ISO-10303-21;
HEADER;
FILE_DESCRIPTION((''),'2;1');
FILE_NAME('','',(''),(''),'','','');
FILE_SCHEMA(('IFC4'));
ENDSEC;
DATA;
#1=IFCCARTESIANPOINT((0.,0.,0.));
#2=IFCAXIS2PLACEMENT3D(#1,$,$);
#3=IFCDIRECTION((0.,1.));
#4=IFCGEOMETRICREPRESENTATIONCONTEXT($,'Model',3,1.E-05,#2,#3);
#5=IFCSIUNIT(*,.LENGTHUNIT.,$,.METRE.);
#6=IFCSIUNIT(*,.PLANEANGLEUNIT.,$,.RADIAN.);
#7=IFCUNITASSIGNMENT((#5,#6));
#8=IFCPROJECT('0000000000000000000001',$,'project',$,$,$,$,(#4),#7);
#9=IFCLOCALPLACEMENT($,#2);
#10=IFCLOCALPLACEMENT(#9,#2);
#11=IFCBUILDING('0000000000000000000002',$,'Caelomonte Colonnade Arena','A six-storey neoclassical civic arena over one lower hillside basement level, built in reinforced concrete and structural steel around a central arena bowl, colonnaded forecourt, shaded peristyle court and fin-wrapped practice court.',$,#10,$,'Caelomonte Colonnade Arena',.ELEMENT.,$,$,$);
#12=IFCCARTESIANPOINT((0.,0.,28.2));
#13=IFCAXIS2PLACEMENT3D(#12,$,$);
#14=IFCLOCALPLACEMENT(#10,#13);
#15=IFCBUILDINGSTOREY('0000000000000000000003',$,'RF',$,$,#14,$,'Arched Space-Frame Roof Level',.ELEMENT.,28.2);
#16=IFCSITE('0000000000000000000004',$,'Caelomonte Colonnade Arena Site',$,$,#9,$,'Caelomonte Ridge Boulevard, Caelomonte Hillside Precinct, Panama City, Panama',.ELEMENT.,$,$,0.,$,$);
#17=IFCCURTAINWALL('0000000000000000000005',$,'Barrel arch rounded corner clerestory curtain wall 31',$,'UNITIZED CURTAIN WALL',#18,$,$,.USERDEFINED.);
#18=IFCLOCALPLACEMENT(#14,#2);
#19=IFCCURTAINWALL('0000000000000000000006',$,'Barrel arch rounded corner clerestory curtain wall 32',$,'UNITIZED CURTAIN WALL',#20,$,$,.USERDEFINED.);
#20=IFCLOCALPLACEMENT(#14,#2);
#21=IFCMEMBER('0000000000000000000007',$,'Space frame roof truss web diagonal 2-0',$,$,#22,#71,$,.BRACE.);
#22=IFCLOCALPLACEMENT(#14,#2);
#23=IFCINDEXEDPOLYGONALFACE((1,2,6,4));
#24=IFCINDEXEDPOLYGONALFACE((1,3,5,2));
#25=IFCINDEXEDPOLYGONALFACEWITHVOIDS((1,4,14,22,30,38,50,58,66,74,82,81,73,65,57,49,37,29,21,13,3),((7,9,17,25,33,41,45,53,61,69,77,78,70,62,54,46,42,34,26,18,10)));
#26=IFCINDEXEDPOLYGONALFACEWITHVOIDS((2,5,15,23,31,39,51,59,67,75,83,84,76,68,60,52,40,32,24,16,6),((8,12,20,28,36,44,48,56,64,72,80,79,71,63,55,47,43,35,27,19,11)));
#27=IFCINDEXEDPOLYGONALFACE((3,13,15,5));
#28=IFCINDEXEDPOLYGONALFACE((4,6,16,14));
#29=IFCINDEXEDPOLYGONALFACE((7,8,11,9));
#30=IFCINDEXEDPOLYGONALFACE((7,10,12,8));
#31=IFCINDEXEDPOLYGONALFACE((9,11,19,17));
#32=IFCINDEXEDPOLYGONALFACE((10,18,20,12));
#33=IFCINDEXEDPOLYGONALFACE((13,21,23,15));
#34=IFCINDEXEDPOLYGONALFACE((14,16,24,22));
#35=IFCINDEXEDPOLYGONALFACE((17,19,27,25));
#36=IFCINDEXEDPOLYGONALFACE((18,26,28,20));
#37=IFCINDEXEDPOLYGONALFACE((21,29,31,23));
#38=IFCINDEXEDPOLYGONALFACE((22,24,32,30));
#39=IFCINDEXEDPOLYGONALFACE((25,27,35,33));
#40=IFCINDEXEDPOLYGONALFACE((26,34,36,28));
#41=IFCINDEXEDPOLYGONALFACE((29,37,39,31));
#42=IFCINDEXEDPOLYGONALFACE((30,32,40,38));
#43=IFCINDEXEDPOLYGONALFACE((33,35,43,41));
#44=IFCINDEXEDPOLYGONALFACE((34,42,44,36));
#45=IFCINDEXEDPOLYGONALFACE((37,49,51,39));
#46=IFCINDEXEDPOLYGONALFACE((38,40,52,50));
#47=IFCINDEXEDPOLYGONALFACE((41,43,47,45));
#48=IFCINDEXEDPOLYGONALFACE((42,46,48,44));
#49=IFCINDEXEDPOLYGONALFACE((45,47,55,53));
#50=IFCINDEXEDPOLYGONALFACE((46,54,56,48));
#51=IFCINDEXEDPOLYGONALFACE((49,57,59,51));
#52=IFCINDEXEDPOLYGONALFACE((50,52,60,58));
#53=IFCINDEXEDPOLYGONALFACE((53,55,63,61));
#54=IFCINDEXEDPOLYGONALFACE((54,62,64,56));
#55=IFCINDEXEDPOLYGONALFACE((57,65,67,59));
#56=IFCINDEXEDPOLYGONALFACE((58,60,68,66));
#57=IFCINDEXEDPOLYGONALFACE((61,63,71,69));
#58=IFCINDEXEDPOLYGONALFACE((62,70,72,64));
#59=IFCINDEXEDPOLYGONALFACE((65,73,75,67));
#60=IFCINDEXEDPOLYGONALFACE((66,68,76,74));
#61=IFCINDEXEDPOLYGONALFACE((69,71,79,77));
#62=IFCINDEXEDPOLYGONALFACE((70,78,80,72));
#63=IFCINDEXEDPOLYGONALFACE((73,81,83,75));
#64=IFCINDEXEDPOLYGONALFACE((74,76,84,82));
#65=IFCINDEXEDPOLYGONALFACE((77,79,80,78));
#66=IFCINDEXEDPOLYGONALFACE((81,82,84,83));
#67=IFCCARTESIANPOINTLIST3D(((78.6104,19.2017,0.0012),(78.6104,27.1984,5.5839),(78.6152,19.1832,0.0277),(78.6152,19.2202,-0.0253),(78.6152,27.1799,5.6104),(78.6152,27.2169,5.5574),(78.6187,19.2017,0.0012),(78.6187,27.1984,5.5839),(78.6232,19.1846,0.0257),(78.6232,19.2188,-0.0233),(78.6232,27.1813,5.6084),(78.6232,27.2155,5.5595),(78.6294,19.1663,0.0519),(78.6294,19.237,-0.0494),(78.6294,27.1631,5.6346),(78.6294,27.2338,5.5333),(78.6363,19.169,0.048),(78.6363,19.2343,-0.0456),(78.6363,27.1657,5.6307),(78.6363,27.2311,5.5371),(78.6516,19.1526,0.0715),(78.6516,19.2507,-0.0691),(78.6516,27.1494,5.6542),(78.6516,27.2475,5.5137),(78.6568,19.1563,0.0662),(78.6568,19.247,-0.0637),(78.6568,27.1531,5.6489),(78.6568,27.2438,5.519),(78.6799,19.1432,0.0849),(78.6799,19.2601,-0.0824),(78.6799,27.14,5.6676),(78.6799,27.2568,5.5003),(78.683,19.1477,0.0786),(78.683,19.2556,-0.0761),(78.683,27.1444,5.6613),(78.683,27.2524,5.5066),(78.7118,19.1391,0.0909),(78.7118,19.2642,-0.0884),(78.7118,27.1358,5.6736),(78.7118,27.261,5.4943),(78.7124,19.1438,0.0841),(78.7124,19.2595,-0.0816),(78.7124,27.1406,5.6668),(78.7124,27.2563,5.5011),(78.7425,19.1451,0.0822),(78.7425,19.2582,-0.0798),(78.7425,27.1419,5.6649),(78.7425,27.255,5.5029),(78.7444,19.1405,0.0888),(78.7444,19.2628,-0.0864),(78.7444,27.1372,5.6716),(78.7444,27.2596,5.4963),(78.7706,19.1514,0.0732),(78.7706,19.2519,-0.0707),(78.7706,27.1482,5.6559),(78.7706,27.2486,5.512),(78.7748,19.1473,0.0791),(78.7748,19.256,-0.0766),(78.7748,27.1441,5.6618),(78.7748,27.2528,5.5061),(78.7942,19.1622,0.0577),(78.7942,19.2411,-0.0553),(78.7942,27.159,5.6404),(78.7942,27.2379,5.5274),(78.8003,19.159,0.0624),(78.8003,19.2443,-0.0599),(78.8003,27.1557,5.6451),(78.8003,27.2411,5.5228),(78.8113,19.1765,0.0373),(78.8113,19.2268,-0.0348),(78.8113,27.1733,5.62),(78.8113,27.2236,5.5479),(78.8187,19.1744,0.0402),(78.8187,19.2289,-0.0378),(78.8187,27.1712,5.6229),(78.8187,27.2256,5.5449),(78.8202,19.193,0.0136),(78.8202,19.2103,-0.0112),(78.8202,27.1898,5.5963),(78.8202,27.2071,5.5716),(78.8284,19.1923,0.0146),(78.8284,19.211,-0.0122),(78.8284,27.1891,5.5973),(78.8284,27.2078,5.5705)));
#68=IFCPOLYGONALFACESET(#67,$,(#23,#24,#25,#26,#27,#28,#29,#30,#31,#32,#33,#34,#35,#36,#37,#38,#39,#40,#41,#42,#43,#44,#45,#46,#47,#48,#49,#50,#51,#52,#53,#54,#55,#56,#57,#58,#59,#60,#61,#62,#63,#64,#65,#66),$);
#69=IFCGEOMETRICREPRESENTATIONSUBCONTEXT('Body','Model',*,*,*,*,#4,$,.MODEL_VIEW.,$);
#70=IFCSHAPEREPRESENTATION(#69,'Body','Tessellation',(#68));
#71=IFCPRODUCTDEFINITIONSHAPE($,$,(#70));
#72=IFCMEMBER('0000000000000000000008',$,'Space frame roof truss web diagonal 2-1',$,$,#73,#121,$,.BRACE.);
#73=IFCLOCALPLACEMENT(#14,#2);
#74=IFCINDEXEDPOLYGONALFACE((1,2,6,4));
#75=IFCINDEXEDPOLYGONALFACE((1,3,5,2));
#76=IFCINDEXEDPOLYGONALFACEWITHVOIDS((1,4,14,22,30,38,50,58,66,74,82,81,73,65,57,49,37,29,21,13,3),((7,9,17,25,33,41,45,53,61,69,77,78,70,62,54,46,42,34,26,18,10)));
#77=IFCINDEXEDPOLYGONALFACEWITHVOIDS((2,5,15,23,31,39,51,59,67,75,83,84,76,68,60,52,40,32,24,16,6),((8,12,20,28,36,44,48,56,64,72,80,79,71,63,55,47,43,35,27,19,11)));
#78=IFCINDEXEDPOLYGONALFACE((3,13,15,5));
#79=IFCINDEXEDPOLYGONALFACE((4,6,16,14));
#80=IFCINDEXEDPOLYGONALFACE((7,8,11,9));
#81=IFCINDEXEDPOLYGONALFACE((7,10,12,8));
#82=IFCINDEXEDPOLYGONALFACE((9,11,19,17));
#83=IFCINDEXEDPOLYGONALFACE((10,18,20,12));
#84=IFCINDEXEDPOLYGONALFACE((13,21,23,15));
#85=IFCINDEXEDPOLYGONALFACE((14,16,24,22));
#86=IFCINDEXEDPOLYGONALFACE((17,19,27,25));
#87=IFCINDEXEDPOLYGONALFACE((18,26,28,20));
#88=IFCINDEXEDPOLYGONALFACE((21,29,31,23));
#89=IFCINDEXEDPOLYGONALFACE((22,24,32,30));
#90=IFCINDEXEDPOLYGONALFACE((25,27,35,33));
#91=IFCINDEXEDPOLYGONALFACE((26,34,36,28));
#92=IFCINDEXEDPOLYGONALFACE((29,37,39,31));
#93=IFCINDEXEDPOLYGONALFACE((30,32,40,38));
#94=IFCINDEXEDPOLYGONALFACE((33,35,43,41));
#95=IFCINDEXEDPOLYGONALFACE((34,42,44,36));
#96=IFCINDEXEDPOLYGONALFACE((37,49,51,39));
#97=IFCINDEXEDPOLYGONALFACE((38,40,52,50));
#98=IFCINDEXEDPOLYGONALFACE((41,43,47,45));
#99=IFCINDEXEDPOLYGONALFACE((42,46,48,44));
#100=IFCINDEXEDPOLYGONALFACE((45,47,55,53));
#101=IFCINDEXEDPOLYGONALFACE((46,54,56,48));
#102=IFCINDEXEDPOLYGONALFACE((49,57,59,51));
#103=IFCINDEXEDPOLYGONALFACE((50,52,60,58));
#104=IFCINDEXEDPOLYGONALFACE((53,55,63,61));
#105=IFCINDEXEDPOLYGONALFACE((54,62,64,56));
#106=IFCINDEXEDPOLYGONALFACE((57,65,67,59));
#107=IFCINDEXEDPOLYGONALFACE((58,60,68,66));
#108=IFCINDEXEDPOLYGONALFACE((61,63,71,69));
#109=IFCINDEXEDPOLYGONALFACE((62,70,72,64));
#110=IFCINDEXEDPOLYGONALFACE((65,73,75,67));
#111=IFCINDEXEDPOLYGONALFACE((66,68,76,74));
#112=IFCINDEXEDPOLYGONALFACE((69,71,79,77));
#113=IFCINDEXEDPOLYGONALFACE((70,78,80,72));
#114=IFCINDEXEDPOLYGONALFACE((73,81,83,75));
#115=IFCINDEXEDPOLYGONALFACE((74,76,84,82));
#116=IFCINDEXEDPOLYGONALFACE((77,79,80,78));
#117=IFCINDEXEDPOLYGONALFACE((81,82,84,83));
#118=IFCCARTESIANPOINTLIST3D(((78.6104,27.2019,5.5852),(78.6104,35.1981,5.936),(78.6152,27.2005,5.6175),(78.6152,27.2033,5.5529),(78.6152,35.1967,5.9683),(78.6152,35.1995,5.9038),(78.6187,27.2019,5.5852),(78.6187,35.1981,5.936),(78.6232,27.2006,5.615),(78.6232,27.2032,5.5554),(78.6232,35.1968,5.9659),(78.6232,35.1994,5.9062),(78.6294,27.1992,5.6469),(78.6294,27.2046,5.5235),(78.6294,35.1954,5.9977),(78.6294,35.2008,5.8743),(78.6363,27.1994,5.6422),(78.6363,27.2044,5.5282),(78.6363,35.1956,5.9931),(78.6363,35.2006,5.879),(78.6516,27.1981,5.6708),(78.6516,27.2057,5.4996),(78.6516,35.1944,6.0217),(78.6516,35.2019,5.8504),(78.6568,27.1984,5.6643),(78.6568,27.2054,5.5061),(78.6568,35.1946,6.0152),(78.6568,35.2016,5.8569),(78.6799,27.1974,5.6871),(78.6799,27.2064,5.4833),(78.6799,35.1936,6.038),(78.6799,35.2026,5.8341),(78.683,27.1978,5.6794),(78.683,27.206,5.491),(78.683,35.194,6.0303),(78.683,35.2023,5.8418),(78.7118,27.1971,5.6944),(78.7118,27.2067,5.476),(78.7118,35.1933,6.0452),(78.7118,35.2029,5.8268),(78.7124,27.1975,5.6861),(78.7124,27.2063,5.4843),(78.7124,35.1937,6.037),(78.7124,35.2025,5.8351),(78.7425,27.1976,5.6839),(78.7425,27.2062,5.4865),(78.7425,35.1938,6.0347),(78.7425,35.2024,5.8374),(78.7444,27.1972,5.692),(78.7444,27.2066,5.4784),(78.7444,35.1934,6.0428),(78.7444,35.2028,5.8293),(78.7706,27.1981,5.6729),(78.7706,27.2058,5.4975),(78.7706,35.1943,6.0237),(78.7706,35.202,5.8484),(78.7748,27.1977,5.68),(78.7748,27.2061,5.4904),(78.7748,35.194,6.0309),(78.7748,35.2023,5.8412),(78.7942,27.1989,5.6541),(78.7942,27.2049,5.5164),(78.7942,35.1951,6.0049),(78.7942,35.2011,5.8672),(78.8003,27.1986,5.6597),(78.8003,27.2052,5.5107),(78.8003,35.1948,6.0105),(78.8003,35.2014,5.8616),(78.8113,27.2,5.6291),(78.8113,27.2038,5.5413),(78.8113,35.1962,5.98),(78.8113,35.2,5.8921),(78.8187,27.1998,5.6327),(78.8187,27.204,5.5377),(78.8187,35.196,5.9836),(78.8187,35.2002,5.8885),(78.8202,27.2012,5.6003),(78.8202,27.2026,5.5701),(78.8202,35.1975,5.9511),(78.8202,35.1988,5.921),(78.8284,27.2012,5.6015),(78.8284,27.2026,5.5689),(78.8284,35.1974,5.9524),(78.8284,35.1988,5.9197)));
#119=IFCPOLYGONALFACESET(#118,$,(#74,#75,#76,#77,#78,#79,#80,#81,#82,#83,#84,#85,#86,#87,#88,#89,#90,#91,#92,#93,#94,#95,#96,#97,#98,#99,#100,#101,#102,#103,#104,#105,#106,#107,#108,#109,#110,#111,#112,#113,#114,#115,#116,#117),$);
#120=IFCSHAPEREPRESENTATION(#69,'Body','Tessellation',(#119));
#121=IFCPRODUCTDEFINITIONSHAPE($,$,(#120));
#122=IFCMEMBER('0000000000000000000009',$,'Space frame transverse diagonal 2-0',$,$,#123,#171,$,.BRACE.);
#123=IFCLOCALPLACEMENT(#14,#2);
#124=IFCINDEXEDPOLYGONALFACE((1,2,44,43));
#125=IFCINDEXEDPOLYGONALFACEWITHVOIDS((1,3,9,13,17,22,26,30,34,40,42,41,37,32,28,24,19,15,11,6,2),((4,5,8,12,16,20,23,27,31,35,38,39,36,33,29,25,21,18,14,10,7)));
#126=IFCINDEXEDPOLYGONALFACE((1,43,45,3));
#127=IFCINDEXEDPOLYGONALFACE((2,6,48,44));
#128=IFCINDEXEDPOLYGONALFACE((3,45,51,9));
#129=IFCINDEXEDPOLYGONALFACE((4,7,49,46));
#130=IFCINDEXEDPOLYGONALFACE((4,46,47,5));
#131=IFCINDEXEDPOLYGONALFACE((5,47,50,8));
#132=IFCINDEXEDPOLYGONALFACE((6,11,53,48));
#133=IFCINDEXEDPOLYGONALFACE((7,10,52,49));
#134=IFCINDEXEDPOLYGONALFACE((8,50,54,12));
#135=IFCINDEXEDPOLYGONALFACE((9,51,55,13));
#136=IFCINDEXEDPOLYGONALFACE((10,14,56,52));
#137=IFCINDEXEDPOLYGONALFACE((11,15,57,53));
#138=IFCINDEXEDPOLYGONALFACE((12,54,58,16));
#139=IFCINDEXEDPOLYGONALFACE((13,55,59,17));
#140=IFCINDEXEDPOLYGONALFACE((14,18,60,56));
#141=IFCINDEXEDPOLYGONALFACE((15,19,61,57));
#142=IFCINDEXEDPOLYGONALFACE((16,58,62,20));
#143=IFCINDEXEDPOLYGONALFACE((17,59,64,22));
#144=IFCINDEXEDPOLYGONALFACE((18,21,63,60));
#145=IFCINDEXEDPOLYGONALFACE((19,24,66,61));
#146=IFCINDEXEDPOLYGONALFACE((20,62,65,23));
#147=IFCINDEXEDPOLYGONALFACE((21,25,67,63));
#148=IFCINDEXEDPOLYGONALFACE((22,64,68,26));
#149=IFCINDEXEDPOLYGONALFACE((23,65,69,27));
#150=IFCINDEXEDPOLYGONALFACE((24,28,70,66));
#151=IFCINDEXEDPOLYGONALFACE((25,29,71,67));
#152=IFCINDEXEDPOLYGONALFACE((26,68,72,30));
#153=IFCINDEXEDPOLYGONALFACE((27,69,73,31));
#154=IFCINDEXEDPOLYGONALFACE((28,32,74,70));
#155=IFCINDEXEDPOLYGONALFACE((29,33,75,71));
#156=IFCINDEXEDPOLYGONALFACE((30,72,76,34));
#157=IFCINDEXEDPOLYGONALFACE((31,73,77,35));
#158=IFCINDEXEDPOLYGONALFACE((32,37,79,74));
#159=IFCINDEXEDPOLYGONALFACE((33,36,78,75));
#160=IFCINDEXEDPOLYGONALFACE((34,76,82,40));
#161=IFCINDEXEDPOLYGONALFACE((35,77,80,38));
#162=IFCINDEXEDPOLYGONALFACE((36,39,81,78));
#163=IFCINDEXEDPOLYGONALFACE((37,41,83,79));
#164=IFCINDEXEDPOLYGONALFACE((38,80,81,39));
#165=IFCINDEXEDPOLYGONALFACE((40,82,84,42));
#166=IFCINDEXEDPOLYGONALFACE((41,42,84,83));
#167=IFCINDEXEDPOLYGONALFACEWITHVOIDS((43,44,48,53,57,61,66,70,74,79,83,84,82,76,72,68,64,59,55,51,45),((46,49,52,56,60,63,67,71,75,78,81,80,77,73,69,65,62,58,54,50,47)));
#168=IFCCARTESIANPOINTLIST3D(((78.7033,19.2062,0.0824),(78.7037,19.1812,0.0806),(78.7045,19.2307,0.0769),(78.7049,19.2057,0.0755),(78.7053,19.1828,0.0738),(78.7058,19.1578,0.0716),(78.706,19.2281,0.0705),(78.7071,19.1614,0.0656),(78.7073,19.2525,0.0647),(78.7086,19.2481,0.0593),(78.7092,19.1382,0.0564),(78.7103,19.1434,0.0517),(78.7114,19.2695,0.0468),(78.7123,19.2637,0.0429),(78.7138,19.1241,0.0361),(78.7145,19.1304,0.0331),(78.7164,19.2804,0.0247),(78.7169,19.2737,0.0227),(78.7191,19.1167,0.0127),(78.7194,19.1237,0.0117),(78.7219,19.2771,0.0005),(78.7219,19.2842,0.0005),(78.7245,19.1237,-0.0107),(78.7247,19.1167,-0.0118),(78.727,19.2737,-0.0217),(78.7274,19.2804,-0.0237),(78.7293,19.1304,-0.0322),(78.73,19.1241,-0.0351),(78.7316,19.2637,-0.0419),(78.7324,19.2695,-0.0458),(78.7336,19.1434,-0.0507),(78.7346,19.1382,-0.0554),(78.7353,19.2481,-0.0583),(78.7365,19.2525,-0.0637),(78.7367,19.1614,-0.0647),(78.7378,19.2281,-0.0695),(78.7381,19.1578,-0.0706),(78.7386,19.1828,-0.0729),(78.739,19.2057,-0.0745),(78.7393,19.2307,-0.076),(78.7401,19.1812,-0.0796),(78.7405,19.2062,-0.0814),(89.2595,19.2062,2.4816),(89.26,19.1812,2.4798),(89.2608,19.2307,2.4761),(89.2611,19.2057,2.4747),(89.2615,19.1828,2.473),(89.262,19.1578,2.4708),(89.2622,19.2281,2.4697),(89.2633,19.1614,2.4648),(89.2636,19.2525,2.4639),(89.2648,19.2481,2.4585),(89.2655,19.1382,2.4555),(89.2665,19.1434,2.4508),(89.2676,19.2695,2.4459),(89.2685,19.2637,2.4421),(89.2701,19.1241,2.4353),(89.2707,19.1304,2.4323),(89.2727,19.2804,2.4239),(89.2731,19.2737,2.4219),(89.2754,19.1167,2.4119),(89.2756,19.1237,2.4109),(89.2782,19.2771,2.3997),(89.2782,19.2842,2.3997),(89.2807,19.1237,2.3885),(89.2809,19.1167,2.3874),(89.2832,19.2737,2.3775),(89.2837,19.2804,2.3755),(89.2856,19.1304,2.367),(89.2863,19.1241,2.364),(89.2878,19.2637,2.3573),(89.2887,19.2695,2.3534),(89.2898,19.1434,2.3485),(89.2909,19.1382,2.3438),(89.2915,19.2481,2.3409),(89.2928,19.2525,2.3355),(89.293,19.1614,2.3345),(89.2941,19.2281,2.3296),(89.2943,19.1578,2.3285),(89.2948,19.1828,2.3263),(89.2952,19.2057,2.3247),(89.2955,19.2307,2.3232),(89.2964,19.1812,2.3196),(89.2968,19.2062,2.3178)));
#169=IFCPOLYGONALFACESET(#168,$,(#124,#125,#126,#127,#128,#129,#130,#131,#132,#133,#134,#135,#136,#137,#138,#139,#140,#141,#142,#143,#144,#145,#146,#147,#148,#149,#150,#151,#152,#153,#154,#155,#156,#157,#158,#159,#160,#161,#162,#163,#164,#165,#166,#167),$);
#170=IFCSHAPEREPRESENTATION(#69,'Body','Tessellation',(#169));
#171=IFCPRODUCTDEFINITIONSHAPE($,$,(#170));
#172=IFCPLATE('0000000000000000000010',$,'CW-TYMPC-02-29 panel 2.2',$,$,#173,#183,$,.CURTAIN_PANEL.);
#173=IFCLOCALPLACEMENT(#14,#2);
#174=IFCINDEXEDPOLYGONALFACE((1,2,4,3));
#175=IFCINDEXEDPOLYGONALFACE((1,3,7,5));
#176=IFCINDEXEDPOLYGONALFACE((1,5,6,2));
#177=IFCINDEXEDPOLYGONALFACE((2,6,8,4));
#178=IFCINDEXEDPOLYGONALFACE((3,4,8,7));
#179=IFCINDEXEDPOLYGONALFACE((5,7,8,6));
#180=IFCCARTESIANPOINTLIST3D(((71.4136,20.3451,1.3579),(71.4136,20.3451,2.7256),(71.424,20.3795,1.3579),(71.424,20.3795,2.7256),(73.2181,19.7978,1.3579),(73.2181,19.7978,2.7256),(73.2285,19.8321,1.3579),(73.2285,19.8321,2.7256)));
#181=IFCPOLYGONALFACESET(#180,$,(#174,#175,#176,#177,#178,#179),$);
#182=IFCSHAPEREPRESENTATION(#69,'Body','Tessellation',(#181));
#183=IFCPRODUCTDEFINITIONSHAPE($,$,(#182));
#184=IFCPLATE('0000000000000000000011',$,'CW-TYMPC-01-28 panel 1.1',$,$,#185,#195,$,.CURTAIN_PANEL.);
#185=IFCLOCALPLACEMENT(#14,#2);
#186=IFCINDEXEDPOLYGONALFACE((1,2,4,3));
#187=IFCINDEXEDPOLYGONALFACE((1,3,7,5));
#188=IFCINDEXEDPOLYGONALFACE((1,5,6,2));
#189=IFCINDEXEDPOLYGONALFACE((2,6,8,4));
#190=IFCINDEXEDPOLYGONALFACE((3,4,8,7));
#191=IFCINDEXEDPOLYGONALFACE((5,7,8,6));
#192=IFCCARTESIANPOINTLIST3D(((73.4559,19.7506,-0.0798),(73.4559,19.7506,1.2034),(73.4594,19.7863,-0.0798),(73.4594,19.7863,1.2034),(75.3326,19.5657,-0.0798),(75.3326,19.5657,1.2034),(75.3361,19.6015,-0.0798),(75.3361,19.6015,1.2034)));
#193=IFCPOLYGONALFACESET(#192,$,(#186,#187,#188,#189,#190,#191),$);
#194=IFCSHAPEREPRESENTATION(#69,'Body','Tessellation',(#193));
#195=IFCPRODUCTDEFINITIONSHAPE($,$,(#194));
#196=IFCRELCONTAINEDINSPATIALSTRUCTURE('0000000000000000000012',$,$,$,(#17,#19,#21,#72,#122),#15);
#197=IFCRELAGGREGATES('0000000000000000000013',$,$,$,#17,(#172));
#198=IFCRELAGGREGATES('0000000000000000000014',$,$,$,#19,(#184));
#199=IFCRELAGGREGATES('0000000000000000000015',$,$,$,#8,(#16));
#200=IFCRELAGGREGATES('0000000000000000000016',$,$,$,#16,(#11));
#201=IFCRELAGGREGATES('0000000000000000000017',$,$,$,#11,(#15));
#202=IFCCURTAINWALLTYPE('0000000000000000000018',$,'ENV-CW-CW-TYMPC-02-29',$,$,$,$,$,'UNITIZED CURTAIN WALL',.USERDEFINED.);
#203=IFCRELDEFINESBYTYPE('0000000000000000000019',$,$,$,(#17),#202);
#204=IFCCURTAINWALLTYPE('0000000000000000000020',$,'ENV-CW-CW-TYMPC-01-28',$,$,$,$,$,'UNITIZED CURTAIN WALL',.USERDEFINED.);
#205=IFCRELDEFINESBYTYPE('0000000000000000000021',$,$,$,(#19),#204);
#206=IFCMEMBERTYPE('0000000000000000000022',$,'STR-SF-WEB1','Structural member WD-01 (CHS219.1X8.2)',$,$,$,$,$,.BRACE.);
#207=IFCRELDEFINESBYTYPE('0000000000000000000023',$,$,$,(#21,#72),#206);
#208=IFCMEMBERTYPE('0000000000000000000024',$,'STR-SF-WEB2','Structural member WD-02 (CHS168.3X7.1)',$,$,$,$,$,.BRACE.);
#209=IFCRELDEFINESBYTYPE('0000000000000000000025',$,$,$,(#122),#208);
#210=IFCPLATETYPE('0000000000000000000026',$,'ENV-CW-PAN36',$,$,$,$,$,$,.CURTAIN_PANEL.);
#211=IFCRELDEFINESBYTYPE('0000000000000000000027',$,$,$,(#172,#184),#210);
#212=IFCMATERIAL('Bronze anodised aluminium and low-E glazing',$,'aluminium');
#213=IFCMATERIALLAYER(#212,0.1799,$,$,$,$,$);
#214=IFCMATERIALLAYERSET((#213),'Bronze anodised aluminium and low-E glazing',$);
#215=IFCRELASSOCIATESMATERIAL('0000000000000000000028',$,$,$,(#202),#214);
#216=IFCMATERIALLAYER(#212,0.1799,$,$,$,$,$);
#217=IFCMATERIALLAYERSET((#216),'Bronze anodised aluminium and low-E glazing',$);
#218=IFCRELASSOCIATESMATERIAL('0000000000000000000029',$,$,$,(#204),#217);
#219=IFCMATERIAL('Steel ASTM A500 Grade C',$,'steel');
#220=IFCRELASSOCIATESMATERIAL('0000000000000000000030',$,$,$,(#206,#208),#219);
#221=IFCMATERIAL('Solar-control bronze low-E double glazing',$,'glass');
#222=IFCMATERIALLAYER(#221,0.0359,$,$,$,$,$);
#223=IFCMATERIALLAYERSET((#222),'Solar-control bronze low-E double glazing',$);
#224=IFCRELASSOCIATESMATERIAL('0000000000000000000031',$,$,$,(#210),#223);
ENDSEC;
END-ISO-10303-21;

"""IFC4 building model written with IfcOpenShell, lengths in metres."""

from ifc_helpers import new_model, si_unit, direction, frame, origin, origin_2d, place, context, subcontext, project, spatial, rectangle, hollow_circle, extrude, material, layer, layer_set, material_profile, profile_set, type_object, element, aggregate, save


model = new_model("IFC4")

# Units and contexts
model_context = context("Model", 3, precision=1e-05, world=origin(), true_north=direction((0.0, 1.0)))
body_context = subcontext(model_context, "Body", "Model", "MODEL_VIEW")
ifc_project = project(units=[si_unit("LENGTHUNIT", "METRE"), si_unit("PLANEANGLEUNIT", "RADIAN")], contexts=[model_context])

# Site, building, storey
site_placement = place(None, origin())
site = spatial("IfcSite", under=ifc_project, at=site_placement, Name="Caelomonte Colonnade Arena Site", LongName="Caelomonte Ridge Boulevard, Caelomonte Hillside Precinct, Panama City, Panama", CompositionType="ELEMENT", RefElevation=0.0)
building_placement = place(site_placement, origin())
building = spatial("IfcBuilding", under=site, at=building_placement, Name="Caelomonte Colonnade Arena", Description="A six-storey neoclassical civic arena over one lower hillside basement level, built in reinforced concrete and structural steel around a central arena bowl, colonnaded forecourt, shaded peristyle court and fin-wrapped practice court.", LongName="Caelomonte Colonnade Arena", CompositionType="ELEMENT")
storey_placement = place(building_placement, frame((0.0, 0.0, 28.2)))
storey = spatial("IfcBuildingStorey", under=building, at=storey_placement, Name="RF", LongName="Arched Space-Frame Roof Level", CompositionType="ELEMENT", Elevation=28.2)

# Curtain wall
ifc_material_1 = material(Name="Bronze anodised aluminium and low-E glazing", Category="aluminium")
ifc_layer_1 = layer(ifc_material_1, 0.1799)
ifc_layer_set_1 = layer_set([ifc_layer_1], Name="Bronze anodised aluminium and low-E glazing")
curtain_wall_type_1 = type_object("IfcCurtainWallType", Name="ENV-CW-CW-TYMPC-02-29", ElementType="UNITIZED CURTAIN WALL", PredefinedType="USERDEFINED", material=ifc_layer_set_1)
curtain_wall_1_placement = place(storey_placement, origin())
curtain_wall_1 = element("IfcCurtainWall", 1, at=curtain_wall_1_placement, inside=storey, type_object=curtain_wall_type_1, Name="Barrel arch rounded corner clerestory curtain wall 31", ObjectType="UNITIZED CURTAIN WALL", PredefinedType="USERDEFINED")

# Curtain wall
ifc_layer_2 = layer(ifc_material_1, 0.1799)
ifc_layer_set_2 = layer_set([ifc_layer_2], Name="Bronze anodised aluminium and low-E glazing")
curtain_wall_type_2 = type_object("IfcCurtainWallType", Name="ENV-CW-CW-TYMPC-01-28", ElementType="UNITIZED CURTAIN WALL", PredefinedType="USERDEFINED", material=ifc_layer_set_2)
curtain_wall_2_placement = place(storey_placement, origin())
curtain_wall_2 = element("IfcCurtainWall", 2, at=curtain_wall_2_placement, inside=storey, type_object=curtain_wall_type_2, Name="Barrel arch rounded corner clerestory curtain wall 32", ObjectType="UNITIZED CURTAIN WALL", PredefinedType="USERDEFINED")

# Members
ifc_material_2 = material(Name="Steel ASTM A500 Grade C", Category="steel")
ifc_material_profile_1 = material_profile(ifc_material_2, hollow_circle(Radius=0.1096, WallThickness=0.0083, at=origin_2d()), Name="CHS219.1X8.2")
ifc_profile_set_1 = profile_set([ifc_material_profile_1], Name="Steel ASTM A500 Grade C")
member_type_1 = type_object("IfcMemberType", Name="STR-SF-WEB1", Description="Structural member WD-01 (CHS219.1X8.2)", PredefinedType="BRACE", material=ifc_profile_set_1)
member_1_placement = place(storey_placement, frame((78.72, 19.2017, 0.0012), z_axis=(0.0, 0.819955, 0.572429), x_axis=(-1.0, 0.0, 0.0)))
element("IfcMember", 3, at=member_1_placement, inside=storey, type_object=member_type_1, Name="Space frame roof truss web diagonal 2-0", PredefinedType="BRACE", context=body_context, shape_type="SweptSolid", body=[
    extrude(hollow_circle(Radius=0.1096, WallThickness=0.0083, at=origin_2d()), origin(), (0.0, 0.0, 1.0), 9.7527),
])
member_2_placement = place(storey_placement, frame((78.72, 27.2019, 5.5852), z_axis=(0.0, 0.999039, 0.043833), x_axis=(-1.0, 0.0, 0.0)))
element("IfcMember", 4, at=member_2_placement, inside=storey, type_object=member_type_1, Name="Space frame roof truss web diagonal 2-1", PredefinedType="BRACE", context=body_context, shape_type="SweptSolid", body=[
    extrude(hollow_circle(Radius=0.1096, WallThickness=0.0083, at=origin_2d()), origin(), (0.0, 0.0, 1.0), 8.0039),
])
ifc_material_profile_2 = material_profile(ifc_material_2, hollow_circle(Radius=0.0842, WallThickness=0.0071, at=origin_2d()), Name="CHS168.3X7.1")
ifc_profile_set_2 = profile_set([ifc_material_profile_2], Name="Steel ASTM A500 Grade C")
member_type_2 = type_object("IfcMemberType", Name="STR-SF-WEB2", Description="Structural member WD-02 (CHS168.3X7.1)", PredefinedType="BRACE", material=ifc_profile_set_2)
member_3_placement = place(storey_placement, frame((78.7219, 19.2, 0.0005), z_axis=(0.975132, 0.0, 0.221625), x_axis=(0.0, 1.0, 0.0)))
element("IfcMember", 5, at=member_3_placement, inside=storey, type_object=member_type_2, Name="Space frame transverse diagonal 2-0", PredefinedType="BRACE", context=body_context, shape_type="SweptSolid", body=[
    extrude(hollow_circle(Radius=0.0842, WallThickness=0.0071, at=origin_2d()), origin(), (0.0, 0.0, 1.0), 10.8254),
])

# Plates
ifc_material_3 = material(Name="Solar-control bronze low-E double glazing", Category="glass")
ifc_layer_3 = layer(ifc_material_3, 0.0359)
ifc_layer_set_3 = layer_set([ifc_layer_3], Name="Solar-control bronze low-E double glazing")
plate_type_1 = type_object("IfcPlateType", Name="ENV-CW-PAN36", PredefinedType="CURTAIN_PANEL", material=ifc_layer_set_3)
plate_1_placement = place(storey_placement, frame((72.321, 20.0886, 1.3579), z_axis=(0.0, 0.0, 1.0), x_axis=(0.956946, -0.290266, 0.0)))
plate_1 = element("IfcPlate", 6, at=plate_1_placement, type_object=plate_type_1, Name="CW-TYMPC-02-29 panel 2.2", PredefinedType="CURTAIN_PANEL", context=body_context, shape_type="SweptSolid", body=[
    extrude(rectangle(XDim=1.8857, YDim=0.0359, at=origin_2d()), origin(), (0.0, 0.0, 1.0), 1.3677),
])
aggregate(curtain_wall_1, [plate_1])
plate_2_placement = place(storey_placement, frame((74.396, 19.676, -0.0798), z_axis=(0.0, 0.0, 1.0), x_axis=(0.995183, -0.098031, 0.0)))
plate_2 = element("IfcPlate", 7, at=plate_2_placement, type_object=plate_type_1, Name="CW-TYMPC-01-28 panel 1.1", PredefinedType="CURTAIN_PANEL", context=body_context, shape_type="SweptSolid", body=[
    extrude(rectangle(XDim=1.8857, YDim=0.0359, at=origin_2d()), origin(), (0.0, 0.0, 1.0), 1.2832),
])
aggregate(curtain_wall_2, [plate_2])

save(model, "model.ifc")
